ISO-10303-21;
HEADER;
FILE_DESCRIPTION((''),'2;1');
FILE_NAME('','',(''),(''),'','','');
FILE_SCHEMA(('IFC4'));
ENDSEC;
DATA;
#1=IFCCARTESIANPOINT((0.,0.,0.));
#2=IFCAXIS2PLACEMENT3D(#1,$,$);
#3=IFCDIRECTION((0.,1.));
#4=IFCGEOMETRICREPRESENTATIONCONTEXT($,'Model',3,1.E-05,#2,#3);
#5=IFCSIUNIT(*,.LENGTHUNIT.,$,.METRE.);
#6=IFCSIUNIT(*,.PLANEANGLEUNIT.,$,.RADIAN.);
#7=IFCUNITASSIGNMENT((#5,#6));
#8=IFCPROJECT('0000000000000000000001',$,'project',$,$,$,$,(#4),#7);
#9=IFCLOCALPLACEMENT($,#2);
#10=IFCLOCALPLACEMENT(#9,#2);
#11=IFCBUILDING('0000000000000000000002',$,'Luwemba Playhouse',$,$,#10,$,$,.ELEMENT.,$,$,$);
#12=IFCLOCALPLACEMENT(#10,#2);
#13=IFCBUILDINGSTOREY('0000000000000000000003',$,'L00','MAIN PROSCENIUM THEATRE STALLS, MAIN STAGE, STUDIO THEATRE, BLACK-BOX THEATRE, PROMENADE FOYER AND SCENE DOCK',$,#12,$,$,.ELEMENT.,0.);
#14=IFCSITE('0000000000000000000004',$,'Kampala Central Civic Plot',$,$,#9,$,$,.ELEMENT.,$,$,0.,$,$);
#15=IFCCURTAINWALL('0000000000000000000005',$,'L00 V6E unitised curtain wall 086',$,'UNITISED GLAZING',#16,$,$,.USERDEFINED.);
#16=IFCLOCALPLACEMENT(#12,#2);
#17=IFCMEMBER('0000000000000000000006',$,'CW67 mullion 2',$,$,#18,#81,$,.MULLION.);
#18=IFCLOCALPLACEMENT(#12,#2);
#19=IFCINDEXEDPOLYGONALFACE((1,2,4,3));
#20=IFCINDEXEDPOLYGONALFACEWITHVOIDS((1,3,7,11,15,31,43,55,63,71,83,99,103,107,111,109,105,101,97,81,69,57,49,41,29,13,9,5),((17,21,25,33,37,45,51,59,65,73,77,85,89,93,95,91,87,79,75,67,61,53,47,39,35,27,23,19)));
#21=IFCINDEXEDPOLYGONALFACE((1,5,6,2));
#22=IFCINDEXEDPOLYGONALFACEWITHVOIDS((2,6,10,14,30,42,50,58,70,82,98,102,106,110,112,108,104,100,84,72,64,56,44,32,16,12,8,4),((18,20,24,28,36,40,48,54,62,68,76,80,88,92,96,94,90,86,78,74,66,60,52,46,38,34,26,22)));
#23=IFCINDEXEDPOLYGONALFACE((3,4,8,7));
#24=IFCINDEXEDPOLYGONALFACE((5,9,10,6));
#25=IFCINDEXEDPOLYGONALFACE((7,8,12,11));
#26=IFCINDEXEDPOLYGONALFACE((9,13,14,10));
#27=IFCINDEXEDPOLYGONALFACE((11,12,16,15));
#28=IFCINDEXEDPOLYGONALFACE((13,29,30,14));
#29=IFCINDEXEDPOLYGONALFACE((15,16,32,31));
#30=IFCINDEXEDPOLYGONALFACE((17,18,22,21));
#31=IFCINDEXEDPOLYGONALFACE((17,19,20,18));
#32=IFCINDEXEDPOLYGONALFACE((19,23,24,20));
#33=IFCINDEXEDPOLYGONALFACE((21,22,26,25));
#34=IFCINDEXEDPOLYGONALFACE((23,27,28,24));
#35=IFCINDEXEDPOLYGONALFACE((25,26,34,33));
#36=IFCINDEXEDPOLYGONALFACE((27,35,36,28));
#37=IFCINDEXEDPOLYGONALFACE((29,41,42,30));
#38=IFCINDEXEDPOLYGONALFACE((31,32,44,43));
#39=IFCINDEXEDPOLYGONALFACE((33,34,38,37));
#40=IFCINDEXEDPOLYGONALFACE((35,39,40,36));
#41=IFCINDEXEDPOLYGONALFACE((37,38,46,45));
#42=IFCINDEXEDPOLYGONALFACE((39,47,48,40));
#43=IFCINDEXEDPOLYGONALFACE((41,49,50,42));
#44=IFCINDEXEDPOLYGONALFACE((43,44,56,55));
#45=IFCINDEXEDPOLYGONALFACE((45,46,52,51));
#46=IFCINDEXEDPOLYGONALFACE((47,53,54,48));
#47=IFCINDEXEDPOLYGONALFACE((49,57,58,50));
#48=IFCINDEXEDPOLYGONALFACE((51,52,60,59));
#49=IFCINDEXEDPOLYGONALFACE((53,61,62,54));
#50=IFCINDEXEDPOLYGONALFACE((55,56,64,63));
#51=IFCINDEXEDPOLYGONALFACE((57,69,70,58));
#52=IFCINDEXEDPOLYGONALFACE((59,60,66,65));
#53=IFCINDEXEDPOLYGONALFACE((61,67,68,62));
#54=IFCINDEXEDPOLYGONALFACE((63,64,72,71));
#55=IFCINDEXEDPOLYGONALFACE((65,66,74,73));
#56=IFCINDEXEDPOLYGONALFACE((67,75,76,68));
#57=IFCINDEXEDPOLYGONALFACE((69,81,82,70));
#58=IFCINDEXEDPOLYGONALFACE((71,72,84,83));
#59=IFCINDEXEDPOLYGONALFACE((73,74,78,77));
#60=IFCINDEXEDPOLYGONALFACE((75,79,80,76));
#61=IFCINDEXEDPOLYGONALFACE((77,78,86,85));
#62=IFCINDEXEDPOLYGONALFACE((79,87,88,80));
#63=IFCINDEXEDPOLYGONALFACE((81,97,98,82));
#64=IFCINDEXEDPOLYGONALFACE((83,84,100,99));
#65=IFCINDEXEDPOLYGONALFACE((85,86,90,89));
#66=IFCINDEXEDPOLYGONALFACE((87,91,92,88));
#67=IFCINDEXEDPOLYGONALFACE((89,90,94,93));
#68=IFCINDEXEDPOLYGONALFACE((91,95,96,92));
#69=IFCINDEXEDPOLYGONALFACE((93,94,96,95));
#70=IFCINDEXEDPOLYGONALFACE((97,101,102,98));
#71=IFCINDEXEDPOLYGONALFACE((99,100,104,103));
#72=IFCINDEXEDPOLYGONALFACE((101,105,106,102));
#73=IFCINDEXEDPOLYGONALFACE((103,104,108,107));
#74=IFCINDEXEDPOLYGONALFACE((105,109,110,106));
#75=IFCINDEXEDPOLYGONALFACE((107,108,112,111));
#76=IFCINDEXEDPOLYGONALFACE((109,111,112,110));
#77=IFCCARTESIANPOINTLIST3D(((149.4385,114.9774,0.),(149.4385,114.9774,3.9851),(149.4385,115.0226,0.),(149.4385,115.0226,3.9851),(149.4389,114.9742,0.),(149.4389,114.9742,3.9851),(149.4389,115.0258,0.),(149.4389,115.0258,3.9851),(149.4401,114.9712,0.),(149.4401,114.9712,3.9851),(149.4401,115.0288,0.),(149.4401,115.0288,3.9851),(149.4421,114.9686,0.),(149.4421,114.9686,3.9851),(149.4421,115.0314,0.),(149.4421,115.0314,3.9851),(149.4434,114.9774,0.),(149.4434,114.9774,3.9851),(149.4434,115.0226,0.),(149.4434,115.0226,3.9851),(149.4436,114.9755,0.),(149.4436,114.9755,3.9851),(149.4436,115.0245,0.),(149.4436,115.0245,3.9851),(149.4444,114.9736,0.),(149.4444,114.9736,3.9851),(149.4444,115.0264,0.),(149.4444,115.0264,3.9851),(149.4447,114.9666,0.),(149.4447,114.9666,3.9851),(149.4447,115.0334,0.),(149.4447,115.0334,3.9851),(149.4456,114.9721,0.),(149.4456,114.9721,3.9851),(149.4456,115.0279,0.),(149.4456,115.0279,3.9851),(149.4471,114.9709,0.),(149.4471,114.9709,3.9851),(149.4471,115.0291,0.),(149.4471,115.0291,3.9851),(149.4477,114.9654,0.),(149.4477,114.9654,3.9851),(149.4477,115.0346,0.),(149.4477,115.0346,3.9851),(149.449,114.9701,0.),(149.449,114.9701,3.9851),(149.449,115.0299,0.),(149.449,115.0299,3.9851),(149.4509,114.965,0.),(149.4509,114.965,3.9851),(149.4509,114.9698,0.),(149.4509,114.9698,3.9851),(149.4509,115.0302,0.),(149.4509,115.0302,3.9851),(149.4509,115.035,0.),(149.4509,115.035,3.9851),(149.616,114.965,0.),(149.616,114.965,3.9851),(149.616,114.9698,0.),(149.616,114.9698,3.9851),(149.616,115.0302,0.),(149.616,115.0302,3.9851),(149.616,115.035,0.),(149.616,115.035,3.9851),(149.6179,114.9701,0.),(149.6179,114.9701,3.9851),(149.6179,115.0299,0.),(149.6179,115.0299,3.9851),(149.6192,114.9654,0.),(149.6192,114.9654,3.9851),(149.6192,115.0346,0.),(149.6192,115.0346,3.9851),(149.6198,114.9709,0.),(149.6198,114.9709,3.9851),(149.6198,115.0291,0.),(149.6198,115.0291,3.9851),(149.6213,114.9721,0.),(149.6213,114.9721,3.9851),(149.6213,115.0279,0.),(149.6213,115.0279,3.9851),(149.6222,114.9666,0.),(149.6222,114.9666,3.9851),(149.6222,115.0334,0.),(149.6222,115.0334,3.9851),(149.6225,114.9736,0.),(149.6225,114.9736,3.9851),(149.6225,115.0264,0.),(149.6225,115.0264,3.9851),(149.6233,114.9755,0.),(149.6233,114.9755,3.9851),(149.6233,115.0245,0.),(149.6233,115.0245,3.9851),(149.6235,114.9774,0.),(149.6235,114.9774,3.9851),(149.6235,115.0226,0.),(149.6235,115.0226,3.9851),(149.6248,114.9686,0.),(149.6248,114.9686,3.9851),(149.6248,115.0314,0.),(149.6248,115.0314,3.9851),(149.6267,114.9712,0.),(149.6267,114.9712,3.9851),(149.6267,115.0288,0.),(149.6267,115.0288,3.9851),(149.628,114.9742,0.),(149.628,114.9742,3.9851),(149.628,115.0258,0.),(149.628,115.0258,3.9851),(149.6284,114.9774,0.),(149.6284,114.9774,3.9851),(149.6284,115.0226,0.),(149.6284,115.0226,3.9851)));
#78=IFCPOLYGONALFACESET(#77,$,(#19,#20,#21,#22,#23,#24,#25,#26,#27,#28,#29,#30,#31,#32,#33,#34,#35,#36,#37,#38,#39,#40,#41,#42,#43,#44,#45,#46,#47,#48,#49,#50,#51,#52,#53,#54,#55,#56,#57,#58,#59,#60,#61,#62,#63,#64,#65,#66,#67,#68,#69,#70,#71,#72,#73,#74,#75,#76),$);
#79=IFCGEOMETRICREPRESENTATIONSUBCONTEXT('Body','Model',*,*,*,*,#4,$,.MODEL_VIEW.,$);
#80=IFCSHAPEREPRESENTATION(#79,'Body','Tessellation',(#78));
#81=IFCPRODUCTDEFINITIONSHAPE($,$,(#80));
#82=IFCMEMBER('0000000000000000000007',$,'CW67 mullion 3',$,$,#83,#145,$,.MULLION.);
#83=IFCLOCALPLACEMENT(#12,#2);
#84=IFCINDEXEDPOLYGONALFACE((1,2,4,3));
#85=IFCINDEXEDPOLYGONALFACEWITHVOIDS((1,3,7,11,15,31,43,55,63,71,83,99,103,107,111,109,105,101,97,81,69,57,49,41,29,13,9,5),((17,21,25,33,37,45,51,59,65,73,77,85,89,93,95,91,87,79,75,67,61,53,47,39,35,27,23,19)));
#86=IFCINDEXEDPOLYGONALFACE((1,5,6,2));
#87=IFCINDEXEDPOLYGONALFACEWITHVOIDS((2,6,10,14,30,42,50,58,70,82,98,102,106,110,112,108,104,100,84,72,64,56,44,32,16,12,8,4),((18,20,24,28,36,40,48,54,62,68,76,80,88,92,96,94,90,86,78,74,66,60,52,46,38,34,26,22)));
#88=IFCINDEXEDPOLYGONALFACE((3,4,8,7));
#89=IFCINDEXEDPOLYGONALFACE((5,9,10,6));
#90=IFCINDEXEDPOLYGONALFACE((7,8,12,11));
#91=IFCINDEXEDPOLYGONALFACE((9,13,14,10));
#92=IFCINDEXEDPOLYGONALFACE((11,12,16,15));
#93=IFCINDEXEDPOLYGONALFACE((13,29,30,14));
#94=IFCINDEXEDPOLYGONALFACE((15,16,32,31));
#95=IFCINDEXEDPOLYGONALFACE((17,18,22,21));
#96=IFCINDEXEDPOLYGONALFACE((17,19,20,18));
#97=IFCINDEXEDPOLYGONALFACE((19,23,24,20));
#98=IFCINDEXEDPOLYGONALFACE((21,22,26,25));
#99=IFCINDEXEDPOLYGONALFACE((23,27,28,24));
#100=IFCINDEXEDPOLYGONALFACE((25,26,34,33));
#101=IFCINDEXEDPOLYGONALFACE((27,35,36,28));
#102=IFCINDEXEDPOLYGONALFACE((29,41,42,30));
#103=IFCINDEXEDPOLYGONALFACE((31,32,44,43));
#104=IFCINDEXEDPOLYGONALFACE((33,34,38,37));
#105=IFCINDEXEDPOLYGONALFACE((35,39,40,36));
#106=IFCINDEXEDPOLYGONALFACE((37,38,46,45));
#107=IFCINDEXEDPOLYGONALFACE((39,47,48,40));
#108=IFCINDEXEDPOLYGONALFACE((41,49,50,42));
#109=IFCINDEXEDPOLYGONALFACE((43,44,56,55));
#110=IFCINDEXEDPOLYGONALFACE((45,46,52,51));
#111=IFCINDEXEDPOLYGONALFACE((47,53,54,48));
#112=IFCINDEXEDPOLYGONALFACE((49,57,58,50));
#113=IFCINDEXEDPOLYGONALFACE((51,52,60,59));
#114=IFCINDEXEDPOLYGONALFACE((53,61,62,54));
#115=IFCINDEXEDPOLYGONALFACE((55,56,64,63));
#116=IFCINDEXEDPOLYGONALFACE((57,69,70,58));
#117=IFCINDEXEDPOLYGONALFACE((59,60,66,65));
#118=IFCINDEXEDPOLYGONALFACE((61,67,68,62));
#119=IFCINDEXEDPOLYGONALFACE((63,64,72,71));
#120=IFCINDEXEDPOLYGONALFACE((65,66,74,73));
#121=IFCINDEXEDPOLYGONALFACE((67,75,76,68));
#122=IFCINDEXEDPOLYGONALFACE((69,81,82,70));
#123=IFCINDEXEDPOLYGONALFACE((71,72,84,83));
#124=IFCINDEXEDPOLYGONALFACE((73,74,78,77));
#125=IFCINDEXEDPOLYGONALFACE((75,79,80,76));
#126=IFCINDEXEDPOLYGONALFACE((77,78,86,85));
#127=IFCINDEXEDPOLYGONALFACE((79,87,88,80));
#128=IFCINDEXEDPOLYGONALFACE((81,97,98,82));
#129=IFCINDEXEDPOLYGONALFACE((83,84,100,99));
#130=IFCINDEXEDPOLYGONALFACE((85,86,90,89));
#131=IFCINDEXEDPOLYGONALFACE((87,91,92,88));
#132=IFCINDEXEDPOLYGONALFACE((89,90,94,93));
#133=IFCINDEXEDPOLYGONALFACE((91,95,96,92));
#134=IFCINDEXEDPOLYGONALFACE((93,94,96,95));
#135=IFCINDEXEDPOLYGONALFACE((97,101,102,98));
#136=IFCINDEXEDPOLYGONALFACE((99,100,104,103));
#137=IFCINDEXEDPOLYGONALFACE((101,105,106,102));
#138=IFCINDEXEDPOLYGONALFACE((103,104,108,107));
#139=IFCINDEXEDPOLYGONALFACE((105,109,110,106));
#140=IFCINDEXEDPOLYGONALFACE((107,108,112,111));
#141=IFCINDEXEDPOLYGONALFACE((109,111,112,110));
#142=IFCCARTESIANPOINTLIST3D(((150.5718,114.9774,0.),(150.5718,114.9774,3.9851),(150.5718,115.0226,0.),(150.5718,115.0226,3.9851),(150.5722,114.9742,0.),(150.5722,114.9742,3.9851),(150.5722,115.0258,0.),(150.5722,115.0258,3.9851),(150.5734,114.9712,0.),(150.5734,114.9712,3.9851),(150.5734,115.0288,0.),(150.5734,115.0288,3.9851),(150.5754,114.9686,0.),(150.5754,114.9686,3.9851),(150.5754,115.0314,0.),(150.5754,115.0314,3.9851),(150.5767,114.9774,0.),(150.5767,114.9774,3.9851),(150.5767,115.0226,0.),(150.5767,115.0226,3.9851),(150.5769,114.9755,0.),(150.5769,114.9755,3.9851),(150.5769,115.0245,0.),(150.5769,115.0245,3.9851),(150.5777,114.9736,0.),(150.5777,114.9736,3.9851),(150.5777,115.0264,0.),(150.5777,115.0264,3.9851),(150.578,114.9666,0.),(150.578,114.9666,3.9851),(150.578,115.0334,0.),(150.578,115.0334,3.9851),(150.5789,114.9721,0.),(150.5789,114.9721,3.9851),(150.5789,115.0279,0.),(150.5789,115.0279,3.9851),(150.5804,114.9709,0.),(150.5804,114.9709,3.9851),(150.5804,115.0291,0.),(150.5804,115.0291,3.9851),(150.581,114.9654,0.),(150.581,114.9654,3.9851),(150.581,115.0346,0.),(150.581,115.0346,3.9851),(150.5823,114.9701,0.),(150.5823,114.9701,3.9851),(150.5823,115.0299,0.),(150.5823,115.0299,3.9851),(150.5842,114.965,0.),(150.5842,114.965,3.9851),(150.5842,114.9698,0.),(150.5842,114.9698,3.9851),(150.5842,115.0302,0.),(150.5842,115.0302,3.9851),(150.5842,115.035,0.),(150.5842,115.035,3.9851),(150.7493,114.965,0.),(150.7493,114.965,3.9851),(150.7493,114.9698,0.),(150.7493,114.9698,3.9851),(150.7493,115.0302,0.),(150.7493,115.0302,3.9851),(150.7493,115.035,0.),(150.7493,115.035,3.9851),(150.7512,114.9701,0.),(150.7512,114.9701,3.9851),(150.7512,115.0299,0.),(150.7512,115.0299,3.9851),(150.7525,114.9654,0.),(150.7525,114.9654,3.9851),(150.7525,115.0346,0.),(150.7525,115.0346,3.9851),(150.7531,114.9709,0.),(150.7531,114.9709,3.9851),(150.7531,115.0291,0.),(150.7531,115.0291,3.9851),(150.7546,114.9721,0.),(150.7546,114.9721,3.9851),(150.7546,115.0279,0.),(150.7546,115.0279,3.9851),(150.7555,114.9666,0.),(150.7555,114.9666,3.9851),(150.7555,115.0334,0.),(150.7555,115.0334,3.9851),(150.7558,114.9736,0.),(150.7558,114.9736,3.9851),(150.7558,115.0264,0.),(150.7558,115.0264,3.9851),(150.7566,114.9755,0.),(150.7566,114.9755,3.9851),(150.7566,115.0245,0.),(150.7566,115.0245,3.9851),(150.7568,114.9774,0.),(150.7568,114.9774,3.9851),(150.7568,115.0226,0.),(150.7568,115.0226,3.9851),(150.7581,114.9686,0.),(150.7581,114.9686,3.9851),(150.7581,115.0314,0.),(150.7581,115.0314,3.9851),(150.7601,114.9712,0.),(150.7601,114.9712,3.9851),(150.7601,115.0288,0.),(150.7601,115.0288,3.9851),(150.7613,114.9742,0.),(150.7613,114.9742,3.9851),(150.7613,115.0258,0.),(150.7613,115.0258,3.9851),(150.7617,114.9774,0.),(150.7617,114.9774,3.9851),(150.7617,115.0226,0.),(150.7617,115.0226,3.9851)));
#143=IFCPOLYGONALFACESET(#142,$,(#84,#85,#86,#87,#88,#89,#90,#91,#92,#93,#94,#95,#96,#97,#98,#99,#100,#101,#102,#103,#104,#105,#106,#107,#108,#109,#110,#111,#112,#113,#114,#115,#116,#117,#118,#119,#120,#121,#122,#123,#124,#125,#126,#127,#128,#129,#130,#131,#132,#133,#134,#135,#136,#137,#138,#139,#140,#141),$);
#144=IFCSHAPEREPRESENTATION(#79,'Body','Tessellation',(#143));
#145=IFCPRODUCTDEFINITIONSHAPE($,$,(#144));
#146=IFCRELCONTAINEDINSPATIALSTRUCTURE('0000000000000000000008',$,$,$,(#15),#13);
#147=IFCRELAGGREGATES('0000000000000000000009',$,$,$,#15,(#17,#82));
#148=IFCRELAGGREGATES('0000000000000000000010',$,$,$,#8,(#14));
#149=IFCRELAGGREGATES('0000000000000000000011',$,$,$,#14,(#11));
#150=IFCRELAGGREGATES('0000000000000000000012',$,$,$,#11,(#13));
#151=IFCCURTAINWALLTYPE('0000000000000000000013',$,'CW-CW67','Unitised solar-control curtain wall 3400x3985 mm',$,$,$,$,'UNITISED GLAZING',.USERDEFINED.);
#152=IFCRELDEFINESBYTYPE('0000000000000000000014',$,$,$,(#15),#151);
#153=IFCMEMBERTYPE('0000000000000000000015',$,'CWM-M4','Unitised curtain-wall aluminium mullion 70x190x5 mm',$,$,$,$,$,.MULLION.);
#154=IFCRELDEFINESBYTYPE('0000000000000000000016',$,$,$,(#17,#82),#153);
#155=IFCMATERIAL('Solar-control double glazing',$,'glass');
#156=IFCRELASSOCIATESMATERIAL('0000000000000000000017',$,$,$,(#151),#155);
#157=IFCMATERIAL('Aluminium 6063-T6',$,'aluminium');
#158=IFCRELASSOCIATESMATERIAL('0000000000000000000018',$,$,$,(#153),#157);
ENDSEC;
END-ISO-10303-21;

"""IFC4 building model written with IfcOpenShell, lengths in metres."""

from ifc_helpers import new_model, si_unit, direction, frame, origin, origin_2d, place, context, subcontext, project, spatial, hollow_rectangle, extrude, material, material_profile, profile_set, type_object, element, aggregate, save


model = new_model("IFC4")

# Units and contexts
model_context = context("Model", 3, precision=1e-05, world=origin(), true_north=direction((0.0, 1.0)))
body_context = subcontext(model_context, "Body", "Model", "MODEL_VIEW")
ifc_project = project(units=[si_unit("LENGTHUNIT", "METRE"), si_unit("PLANEANGLEUNIT", "RADIAN")], contexts=[model_context])

# Site, building, storey
site_placement = place(None, origin())
site = spatial("IfcSite", under=ifc_project, at=site_placement, Name="Kampala Central Civic Plot", CompositionType="ELEMENT", RefElevation=0.0)
building_placement = place(site_placement, origin())
building = spatial("IfcBuilding", under=site, at=building_placement, Name="Luwemba Playhouse", CompositionType="ELEMENT")
storey_placement = place(building_placement, origin())
storey = spatial("IfcBuildingStorey", under=building, at=storey_placement, Name="L00", Description="MAIN PROSCENIUM THEATRE STALLS, MAIN STAGE, STUDIO THEATRE, BLACK-BOX THEATRE, PROMENADE FOYER AND SCENE DOCK", CompositionType="ELEMENT", Elevation=0.0)

# Shared definitions
ifc_material_1 = material(Name="Solar-control double glazing", Category="glass")
ifc_material_2 = material(Name="Aluminium 6063-T6", Category="aluminium")

# Curtain wall, members
curtain_wall_type_1 = type_object("IfcCurtainWallType", Name="CW-CW67", Description="Unitised solar-control curtain wall 3400x3985 mm", ElementType="UNITISED GLAZING", PredefinedType="USERDEFINED", material=ifc_material_1)
curtain_wall_1_placement = place(storey_placement, origin())
curtain_wall_1 = element("IfcCurtainWall", 1, at=curtain_wall_1_placement, inside=storey, type_object=curtain_wall_type_1, Name="L00 V6E unitised curtain wall 086", ObjectType="UNITISED GLAZING", PredefinedType="USERDEFINED")
ifc_material_profile_1 = material_profile(ifc_material_2, hollow_rectangle(XDim=0.0701, YDim=0.1899, WallThickness=0.0049, InnerFilletRadius=0.0076, OuterFilletRadius=0.0125, at=origin_2d()))
ifc_profile_set_1 = profile_set([ifc_material_profile_1], Name="Aluminium 6063-T6")
member_type_1 = type_object("IfcMemberType", Name="CWM-M4", Description="Unitised curtain-wall aluminium mullion 70x190x5 mm", PredefinedType="MULLION", material=ifc_profile_set_1)
member_1_placement = place(storey_placement, frame((149.5334, 115.0, 0.0), z_axis=(0.0, 0.0, 1.0), x_axis=(0.0, 1.0, 0.0)))
member_1 = element("IfcMember", 2, at=member_1_placement, type_object=member_type_1, Name="CW67 mullion 2", PredefinedType="MULLION", context=body_context, shape_type="SweptSolid", body=[
    extrude(hollow_rectangle(XDim=0.0701, YDim=0.1899, WallThickness=0.0049, InnerFilletRadius=0.0076, OuterFilletRadius=0.0125, at=origin_2d()), origin(), (0.0, 0.0, 1.0), 3.9851),
])
member_2_placement = place(storey_placement, frame((150.6667, 115.0, 0.0), z_axis=(0.0, 0.0, 1.0), x_axis=(0.0, 1.0, 0.0)))
member_2 = element("IfcMember", 3, at=member_2_placement, type_object=member_type_1, Name="CW67 mullion 3", PredefinedType="MULLION", context=body_context, shape_type="SweptSolid", body=[
    extrude(hollow_rectangle(XDim=0.0701, YDim=0.1899, WallThickness=0.0049, InnerFilletRadius=0.0076, OuterFilletRadius=0.0125, at=origin_2d()), origin(), (0.0, 0.0, 1.0), 3.9851),
])
aggregate(curtain_wall_1, [member_1, member_2])

save(model, "model.ifc")
